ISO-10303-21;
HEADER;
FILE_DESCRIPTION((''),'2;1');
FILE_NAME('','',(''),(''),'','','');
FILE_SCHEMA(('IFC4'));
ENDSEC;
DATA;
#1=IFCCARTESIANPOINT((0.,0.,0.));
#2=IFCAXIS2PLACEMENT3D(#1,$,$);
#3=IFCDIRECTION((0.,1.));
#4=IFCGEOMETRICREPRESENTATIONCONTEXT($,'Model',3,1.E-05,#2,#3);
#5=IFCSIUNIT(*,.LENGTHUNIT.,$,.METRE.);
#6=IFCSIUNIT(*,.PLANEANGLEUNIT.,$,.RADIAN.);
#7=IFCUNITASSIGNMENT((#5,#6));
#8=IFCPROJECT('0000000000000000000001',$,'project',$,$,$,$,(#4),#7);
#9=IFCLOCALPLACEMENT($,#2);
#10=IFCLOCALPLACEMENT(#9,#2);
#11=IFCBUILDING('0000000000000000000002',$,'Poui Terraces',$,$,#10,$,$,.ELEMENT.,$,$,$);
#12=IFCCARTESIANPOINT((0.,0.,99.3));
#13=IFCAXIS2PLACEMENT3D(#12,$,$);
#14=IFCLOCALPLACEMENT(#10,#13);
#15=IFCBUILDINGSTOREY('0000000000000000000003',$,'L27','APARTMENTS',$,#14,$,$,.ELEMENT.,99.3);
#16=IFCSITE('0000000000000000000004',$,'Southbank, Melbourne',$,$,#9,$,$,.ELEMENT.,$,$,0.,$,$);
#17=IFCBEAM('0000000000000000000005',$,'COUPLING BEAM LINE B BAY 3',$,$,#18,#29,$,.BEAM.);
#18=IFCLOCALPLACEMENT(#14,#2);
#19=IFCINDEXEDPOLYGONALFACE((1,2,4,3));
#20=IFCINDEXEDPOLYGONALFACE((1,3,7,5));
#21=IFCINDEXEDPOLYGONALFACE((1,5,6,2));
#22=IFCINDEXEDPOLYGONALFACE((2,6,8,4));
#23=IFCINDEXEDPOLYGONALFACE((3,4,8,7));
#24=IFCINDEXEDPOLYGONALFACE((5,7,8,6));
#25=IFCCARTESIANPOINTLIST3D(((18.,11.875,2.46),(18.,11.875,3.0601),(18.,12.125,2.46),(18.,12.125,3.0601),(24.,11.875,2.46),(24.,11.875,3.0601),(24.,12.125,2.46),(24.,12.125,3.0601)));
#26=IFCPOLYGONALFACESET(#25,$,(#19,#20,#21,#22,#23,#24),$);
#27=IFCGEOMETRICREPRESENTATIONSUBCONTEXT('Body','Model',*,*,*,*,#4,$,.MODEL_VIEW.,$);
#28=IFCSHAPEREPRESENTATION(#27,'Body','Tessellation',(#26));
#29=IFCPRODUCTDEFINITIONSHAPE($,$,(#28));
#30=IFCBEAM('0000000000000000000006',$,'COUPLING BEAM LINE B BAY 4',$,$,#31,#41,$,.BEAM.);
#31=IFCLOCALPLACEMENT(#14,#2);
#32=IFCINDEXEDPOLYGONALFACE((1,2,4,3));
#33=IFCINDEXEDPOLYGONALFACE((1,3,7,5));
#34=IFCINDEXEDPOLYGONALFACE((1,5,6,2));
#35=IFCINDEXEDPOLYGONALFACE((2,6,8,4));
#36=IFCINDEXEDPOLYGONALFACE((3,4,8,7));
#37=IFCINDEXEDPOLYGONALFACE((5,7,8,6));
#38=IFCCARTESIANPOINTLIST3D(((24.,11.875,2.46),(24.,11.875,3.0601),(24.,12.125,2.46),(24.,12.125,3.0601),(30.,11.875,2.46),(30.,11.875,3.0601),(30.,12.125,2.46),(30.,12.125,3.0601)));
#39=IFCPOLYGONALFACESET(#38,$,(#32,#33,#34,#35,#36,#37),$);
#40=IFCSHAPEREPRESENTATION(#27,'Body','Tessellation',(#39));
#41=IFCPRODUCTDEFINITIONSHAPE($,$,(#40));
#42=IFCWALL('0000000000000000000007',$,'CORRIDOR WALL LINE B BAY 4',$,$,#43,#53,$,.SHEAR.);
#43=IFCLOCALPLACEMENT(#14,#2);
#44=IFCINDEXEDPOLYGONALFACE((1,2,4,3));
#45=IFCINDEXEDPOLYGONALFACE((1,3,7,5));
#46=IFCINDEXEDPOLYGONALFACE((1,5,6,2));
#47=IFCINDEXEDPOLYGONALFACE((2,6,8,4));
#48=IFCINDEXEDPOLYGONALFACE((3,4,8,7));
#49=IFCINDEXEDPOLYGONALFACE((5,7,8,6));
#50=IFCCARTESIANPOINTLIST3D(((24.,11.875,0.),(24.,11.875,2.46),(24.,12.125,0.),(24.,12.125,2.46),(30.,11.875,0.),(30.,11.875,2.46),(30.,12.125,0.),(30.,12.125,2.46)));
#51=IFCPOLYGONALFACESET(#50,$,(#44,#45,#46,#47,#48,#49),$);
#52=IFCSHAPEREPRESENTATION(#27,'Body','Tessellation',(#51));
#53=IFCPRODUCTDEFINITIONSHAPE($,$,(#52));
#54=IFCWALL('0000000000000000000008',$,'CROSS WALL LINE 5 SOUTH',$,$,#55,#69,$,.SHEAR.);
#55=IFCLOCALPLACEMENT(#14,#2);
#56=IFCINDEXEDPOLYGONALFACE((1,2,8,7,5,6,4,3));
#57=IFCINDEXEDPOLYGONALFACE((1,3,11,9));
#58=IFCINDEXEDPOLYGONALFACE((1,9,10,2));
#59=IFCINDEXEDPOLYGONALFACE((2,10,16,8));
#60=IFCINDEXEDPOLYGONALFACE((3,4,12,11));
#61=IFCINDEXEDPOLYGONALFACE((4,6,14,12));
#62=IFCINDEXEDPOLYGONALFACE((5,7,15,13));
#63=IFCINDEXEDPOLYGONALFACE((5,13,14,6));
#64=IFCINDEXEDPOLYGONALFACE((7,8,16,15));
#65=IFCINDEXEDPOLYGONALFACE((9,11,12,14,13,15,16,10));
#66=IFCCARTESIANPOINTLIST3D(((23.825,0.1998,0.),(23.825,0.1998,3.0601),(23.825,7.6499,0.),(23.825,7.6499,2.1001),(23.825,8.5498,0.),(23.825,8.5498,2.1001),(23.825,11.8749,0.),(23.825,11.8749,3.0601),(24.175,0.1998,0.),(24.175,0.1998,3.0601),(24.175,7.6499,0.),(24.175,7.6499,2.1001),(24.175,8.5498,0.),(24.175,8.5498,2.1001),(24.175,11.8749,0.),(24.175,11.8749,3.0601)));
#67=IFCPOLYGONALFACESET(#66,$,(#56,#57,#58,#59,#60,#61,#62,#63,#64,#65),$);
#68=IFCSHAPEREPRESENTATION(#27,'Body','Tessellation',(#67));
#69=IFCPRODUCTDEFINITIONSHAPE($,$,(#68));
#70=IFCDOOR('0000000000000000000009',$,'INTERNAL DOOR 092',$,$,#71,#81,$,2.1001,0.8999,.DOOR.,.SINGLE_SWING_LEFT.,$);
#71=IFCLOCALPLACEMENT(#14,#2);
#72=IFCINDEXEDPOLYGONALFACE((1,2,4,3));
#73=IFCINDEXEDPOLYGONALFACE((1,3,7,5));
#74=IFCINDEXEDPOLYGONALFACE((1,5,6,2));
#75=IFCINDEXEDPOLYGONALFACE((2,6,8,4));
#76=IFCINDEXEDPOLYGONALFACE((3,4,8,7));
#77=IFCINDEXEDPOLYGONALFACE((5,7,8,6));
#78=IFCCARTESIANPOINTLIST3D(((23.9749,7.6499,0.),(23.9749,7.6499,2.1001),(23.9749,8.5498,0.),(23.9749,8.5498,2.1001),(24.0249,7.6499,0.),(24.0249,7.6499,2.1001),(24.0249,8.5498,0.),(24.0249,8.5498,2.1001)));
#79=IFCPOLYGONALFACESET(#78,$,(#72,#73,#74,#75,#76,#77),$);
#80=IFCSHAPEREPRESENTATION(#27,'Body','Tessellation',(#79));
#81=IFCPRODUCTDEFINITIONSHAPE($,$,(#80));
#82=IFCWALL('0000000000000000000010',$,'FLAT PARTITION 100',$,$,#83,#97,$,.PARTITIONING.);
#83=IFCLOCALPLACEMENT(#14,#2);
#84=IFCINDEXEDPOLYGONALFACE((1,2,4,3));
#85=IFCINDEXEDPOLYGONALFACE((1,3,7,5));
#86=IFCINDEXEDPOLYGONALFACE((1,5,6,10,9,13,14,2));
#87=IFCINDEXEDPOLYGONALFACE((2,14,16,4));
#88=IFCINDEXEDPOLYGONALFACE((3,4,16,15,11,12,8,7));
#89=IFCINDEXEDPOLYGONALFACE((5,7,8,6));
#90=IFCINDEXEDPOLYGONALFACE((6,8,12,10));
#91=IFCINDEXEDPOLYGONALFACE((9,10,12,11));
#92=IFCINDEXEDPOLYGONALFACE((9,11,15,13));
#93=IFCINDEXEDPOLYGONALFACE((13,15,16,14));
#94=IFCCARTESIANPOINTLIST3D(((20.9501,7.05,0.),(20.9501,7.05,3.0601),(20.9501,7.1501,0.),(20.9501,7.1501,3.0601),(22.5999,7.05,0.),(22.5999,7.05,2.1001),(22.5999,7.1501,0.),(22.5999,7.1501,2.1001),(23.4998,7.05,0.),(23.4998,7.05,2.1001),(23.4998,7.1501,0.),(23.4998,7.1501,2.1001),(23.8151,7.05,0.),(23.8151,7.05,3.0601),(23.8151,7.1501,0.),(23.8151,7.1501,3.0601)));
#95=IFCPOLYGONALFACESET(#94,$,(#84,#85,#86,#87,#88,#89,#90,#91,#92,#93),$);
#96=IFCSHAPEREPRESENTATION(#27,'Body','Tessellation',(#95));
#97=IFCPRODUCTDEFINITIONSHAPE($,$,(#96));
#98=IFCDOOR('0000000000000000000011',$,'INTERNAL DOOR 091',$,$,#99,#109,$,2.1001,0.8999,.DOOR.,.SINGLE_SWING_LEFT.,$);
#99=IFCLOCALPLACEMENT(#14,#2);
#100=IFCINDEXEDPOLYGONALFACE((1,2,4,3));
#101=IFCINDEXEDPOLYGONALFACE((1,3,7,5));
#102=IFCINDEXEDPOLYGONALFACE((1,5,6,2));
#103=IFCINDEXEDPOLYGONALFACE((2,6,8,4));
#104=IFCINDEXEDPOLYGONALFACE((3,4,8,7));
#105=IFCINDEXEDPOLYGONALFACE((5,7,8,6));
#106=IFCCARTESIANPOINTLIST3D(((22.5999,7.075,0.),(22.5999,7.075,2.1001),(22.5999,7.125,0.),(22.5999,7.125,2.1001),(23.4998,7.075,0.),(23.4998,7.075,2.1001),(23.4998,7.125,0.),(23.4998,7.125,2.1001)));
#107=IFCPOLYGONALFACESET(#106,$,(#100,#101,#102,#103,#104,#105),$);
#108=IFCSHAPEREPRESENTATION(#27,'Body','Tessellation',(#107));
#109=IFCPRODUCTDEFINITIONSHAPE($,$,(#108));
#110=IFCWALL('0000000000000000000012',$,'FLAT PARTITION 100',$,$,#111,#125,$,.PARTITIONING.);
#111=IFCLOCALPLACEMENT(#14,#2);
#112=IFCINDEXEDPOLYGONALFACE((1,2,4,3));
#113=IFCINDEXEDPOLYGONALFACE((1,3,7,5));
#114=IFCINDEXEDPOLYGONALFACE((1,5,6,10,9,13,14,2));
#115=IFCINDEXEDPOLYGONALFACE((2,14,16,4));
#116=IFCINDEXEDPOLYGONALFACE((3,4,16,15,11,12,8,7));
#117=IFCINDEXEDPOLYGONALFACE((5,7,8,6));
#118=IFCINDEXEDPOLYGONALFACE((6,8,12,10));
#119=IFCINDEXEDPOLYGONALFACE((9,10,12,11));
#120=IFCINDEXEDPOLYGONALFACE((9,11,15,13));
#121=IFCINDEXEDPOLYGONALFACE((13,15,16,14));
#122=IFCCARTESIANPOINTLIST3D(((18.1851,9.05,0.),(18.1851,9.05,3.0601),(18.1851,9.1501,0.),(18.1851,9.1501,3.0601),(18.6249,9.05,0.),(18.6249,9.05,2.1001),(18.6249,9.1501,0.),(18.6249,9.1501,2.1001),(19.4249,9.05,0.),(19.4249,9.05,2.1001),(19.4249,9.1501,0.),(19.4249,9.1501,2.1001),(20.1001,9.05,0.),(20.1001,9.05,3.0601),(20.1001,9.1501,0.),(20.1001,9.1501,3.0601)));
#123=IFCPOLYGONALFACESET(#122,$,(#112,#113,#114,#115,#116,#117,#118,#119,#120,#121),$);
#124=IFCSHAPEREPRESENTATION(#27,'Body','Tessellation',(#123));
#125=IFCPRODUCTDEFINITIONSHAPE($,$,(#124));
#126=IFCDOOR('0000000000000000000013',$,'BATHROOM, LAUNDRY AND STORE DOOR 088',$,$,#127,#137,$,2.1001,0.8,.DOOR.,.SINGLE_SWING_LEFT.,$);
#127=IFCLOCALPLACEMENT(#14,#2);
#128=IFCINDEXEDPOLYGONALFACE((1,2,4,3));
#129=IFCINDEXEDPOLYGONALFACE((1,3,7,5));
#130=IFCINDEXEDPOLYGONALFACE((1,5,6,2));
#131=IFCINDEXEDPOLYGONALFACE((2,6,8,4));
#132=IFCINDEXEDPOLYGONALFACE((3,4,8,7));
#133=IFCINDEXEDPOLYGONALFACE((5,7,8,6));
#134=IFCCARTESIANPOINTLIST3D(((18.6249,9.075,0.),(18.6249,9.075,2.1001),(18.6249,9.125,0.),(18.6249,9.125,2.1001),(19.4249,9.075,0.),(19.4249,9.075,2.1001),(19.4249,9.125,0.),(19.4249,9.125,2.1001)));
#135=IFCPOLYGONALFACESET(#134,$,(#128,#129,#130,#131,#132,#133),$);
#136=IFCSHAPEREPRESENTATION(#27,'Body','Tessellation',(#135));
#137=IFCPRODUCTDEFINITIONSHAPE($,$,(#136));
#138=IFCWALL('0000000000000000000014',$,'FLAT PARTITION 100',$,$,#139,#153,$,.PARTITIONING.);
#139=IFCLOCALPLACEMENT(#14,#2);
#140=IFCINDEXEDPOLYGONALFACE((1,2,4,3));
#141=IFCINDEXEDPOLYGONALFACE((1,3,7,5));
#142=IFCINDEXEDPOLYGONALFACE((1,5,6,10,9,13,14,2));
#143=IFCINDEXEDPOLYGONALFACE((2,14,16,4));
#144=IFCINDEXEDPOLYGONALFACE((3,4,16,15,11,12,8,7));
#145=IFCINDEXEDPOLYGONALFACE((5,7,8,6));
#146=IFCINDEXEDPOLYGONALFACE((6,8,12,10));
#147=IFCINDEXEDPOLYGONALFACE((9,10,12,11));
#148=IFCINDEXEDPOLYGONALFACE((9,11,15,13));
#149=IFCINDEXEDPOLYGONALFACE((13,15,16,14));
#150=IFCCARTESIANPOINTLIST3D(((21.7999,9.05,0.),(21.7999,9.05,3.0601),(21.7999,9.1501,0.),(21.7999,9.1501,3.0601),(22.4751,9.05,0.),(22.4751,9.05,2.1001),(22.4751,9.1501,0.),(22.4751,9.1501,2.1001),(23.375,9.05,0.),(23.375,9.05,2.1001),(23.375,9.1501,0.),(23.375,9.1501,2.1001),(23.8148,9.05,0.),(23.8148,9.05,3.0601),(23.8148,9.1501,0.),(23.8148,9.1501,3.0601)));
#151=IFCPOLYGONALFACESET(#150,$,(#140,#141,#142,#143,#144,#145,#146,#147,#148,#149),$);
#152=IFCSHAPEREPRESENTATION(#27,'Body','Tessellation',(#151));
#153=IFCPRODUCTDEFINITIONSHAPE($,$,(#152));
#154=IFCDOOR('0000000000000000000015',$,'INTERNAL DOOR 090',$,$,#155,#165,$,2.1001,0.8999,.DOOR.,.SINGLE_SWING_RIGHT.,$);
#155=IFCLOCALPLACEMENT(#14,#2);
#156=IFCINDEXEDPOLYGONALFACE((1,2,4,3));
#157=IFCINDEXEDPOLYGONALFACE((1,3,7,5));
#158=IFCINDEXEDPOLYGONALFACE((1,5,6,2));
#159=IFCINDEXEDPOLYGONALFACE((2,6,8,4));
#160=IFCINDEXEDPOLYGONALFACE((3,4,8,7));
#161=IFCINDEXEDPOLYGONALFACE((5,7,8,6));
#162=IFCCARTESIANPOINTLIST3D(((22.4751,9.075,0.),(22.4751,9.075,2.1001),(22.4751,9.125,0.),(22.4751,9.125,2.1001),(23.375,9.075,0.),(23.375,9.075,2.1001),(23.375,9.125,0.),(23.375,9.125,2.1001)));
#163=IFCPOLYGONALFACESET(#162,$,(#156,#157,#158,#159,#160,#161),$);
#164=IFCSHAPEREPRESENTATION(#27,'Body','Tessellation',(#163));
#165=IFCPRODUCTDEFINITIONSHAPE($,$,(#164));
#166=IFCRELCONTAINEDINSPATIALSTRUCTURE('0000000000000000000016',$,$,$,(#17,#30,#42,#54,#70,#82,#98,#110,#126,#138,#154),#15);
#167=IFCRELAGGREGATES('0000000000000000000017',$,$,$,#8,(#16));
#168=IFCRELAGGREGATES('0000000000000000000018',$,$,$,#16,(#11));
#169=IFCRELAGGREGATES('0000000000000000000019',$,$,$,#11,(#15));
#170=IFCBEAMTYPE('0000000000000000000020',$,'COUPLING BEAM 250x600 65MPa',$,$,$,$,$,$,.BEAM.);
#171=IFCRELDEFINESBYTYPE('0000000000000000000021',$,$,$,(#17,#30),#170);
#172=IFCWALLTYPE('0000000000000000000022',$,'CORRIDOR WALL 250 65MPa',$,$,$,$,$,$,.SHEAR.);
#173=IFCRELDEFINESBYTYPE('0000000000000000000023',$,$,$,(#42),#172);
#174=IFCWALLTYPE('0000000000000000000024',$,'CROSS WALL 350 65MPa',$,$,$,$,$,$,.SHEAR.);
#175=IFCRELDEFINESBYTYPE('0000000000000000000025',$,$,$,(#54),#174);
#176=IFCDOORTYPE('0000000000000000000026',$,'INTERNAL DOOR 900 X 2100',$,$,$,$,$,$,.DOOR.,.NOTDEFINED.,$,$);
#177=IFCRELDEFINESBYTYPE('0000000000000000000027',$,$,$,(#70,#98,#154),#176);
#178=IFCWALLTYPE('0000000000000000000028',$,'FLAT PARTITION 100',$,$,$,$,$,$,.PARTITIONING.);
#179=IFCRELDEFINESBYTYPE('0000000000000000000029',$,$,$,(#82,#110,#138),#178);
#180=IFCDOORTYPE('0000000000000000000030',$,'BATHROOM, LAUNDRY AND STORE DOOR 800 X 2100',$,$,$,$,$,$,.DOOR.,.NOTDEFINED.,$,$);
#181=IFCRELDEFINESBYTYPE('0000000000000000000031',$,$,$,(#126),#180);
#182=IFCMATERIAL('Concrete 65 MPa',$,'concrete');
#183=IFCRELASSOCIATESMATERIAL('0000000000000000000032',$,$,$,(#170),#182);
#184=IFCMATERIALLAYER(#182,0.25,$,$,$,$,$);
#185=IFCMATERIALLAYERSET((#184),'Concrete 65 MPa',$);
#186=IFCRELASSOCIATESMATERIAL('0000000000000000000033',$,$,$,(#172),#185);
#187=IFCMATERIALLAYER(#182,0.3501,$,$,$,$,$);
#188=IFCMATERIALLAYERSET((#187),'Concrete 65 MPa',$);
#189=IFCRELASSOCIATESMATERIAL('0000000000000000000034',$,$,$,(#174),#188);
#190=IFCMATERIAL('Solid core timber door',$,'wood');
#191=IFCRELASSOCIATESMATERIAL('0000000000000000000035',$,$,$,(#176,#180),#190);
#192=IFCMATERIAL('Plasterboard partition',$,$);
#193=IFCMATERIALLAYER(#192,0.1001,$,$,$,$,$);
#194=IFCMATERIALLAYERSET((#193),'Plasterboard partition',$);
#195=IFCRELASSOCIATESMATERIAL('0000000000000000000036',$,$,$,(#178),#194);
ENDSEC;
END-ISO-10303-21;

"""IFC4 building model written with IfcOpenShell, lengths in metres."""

from ifc_helpers import new_model, si_unit, direction, frame, frame_2d, origin, origin_2d, place, context, subcontext, project, spatial, rectangle, extrude, source, transform, mapped, material, layer, layer_set, material_profile, profile_set, type_object, element, fill, save


model = new_model("IFC4")

# Units and contexts
model_context = context("Model", 3, precision=1e-05, world=origin(), true_north=direction((0.0, 1.0)))
body_context = subcontext(model_context, "Body", "Model", "MODEL_VIEW")
ifc_project = project(units=[si_unit("LENGTHUNIT", "METRE"), si_unit("PLANEANGLEUNIT", "RADIAN")], contexts=[model_context])

# Site, building, storey
site_placement = place(None, origin())
site = spatial("IfcSite", under=ifc_project, at=site_placement, Name="Southbank, Melbourne", CompositionType="ELEMENT", RefElevation=0.0)
building_placement = place(site_placement, origin())
building = spatial("IfcBuilding", under=site, at=building_placement, Name="Poui Terraces", CompositionType="ELEMENT")
storey_placement = place(building_placement, frame((0.0, 0.0, 99.3)))
storey = spatial("IfcBuildingStorey", under=building, at=storey_placement, Name="L27", Description="APARTMENTS", CompositionType="ELEMENT", Elevation=99.3)

# Beams
ifc_material_1 = material(Name="Concrete 65 MPa", Category="concrete")
ifc_material_profile = material_profile(ifc_material_1, rectangle(XDim=0.25, YDim=0.6001, at=origin_2d()), Name="RC 250x600")
ifc_profile_set = profile_set([ifc_material_profile], Name="Concrete 65 MPa")
beam_type = type_object("IfcBeamType", Name="COUPLING BEAM 250x600 65MPa", PredefinedType="BEAM", material=ifc_profile_set)
shared_shape = source(origin(), body_context, "Body", "SweptSolid", [
    extrude(rectangle(XDim=0.25, YDim=0.6001, at=origin_2d()), origin(), (0.0, 0.0, 1.0), 6.0),
])
for number, where, z_axis, x_axis, name in (
    (1, (18.0, 12.0, 2.76), (1.0, 0.0, 0.0), (0.0, 1.0, 0.0), "COUPLING BEAM LINE B BAY 3"),
    (2, (24.0, 12.0, 2.76), (1.0, 0.0, 0.0), (0.0, 1.0, 0.0), "COUPLING BEAM LINE B BAY 4"),
):
    element("IfcBeam", number, at=place(storey_placement, frame(where, z_axis=z_axis, x_axis=x_axis)), inside=storey, type_object=beam_type, Name=name, PredefinedType="BEAM", context=body_context, shape_type="MappedRepresentation", body=[
        mapped(shared_shape, transform((0.0, 0.0, 0.0))),
    ])

# Wall
ifc_layer_1 = layer(ifc_material_1, 0.25)
ifc_layer_set_1 = layer_set([ifc_layer_1], Name="Concrete 65 MPa")
wall_type_1 = type_object("IfcWallType", Name="CORRIDOR WALL 250 65MPa", PredefinedType="SHEAR", material=ifc_layer_set_1)
wall_1_placement = place(storey_placement, frame((24.0, 12.0, 0.0), z_axis=(0.0, 0.0, 1.0), x_axis=(1.0, 0.0, 0.0)))
element("IfcWall", 3, at=wall_1_placement, inside=storey, type_object=wall_type_1, Name="CORRIDOR WALL LINE B BAY 4", PredefinedType="SHEAR", context=body_context, shape_type="SweptSolid", body=[
    extrude(rectangle(XDim=6.0, YDim=0.25, at=frame_2d((3.0, 0.0))), origin(), (0.0, 0.0, 1.0), 2.46),
])

# Walls, openings, doors
ifc_layer_2 = layer(ifc_material_1, 0.3501)
ifc_layer_set_2 = layer_set([ifc_layer_2], Name="Concrete 65 MPa")
wall_type_2 = type_object("IfcWallType", Name="CROSS WALL 350 65MPa", PredefinedType="SHEAR", material=ifc_layer_set_2)
wall_2_placement = place(storey_placement, frame((24.0, 0.2, 0.0), z_axis=(0.0, 0.0, 1.0), x_axis=(0.0, 1.0, 0.0)))
wall_2 = element("IfcWall", 4, at=wall_2_placement, inside=storey, type_object=wall_type_2, Name="CROSS WALL LINE 5 SOUTH", PredefinedType="SHEAR", context=body_context, shape_type="SweptSolid", body=[
    extrude(rectangle(XDim=11.675, YDim=0.3501, at=frame_2d((5.8374, 0.0))), origin(), (0.0, 0.0, 1.0), 3.0601),
])
opening_1_placement = place(wall_2_placement, frame((7.45, 0.0, 0.0)))
opening_1 = element("IfcOpeningElement", 5, at=opening_1_placement, cuts=wall_2, PredefinedType="OPENING", context=body_context, shape_type="SweptSolid", body=[
    extrude(rectangle(XDim=0.8999, YDim=2.1001, at=frame_2d((0.45, 1.05))), frame((0.0, 0.1851, 0.0), z_axis=(0.0, -1.0, 0.0), x_axis=(1.0, 0.0, 0.0)), (0.0, 0.0, 1.0), 0.3701),
])
ifc_material_2 = material(Name="Solid core timber door", Category="wood")
door_type_1 = type_object("IfcDoorType", Name="INTERNAL DOOR 900 X 2100", OperationType="NOTDEFINED", PredefinedType="DOOR", material=ifc_material_2)
door_1_placement = place(opening_1_placement, frame((0.8999, 0.0, 0.0), z_axis=(0.0, 0.0, 1.0), x_axis=(-1.0, 0.0, 0.0)))
door_1 = element("IfcDoor", 6, at=door_1_placement, inside=storey, type_object=door_type_1, Name="INTERNAL DOOR 092", OperationType="SINGLE_SWING_LEFT", OverallHeight=2.1001, OverallWidth=0.8999, PredefinedType="DOOR", context=body_context, shape_type="SweptSolid", body=[
    extrude(rectangle(XDim=0.8999, YDim=2.1001, at=frame_2d((0.45, 1.05))), frame((0.0, 0.0249, 0.0), z_axis=(0.0, -1.0, 0.0), x_axis=(1.0, 0.0, 0.0)), (0.0, 0.0, 1.0), 0.05),
])
fill(opening_1, door_1)
ifc_material_3 = material(Name="Plasterboard partition")
ifc_layer_3 = layer(ifc_material_3, 0.1001)
ifc_layer_set_3 = layer_set([ifc_layer_3], Name="Plasterboard partition")
wall_type_3 = type_object("IfcWallType", Name="FLAT PARTITION 100", PredefinedType="PARTITIONING", material=ifc_layer_set_3)
wall_3_placement = place(storey_placement, frame((20.95, 7.1001, 0.0), z_axis=(0.0, 0.0, 1.0), x_axis=(1.0, 0.0, 0.0)))
wall_3 = element("IfcWall", 7, at=wall_3_placement, inside=storey, type_object=wall_type_3, Name="FLAT PARTITION 100", PredefinedType="PARTITIONING", context=body_context, shape_type="SweptSolid", body=[
    extrude(rectangle(XDim=2.865, YDim=0.1001, at=frame_2d((1.4326, 0.0))), origin(), (0.0, 0.0, 1.0), 3.0601),
])
opening_2_placement = place(wall_3_placement, frame((1.6499, 0.0, 0.0)))
opening_2 = element("IfcOpeningElement", 8, at=opening_2_placement, cuts=wall_3, PredefinedType="OPENING", context=body_context, shape_type="SweptSolid", body=[
    extrude(rectangle(XDim=0.8999, YDim=2.1001, at=frame_2d((0.45, 1.05))), frame((0.0, 0.0601, 0.0), z_axis=(0.0, -1.0, 0.0), x_axis=(1.0, 0.0, 0.0)), (0.0, 0.0, 1.0), 0.1201),
])
door_2_placement = place(opening_2_placement, origin())
door_2 = element("IfcDoor", 9, at=door_2_placement, inside=storey, type_object=door_type_1, Name="INTERNAL DOOR 091", OperationType="SINGLE_SWING_LEFT", OverallHeight=2.1001, OverallWidth=0.8999, PredefinedType="DOOR", context=body_context, shape_type="SweptSolid", body=[
    extrude(rectangle(XDim=0.8999, YDim=2.1001, at=frame_2d((0.45, 1.05))), frame((0.0, 0.0249, 0.0), z_axis=(0.0, -1.0, 0.0), x_axis=(1.0, 0.0, 0.0)), (0.0, 0.0, 1.0), 0.05),
])
fill(opening_2, door_2)
wall_4_placement = place(storey_placement, frame((18.1851, 9.1001, 0.0), z_axis=(0.0, 0.0, 1.0), x_axis=(1.0, 0.0, 0.0)))
wall_4 = element("IfcWall", 10, at=wall_4_placement, inside=storey, type_object=wall_type_3, Name="FLAT PARTITION 100", PredefinedType="PARTITIONING", context=body_context, shape_type="SweptSolid", body=[
    extrude(rectangle(XDim=1.915, YDim=0.1001, at=frame_2d((0.9575, 0.0))), origin(), (0.0, 0.0, 1.0), 3.0601),
])
opening_3_placement = place(wall_4_placement, frame((0.4399, 0.0, 0.0)))
opening_3 = element("IfcOpeningElement", 11, at=opening_3_placement, cuts=wall_4, PredefinedType="OPENING", context=body_context, shape_type="SweptSolid", body=[
    extrude(rectangle(XDim=0.8, YDim=2.1001, at=frame_2d((0.3999, 1.05))), frame((0.0, 0.0601, 0.0), z_axis=(0.0, -1.0, 0.0), x_axis=(1.0, 0.0, 0.0)), (0.0, 0.0, 1.0), 0.1201),
])
door_type_2 = type_object("IfcDoorType", Name="BATHROOM, LAUNDRY AND STORE DOOR 800 X 2100", OperationType="NOTDEFINED", PredefinedType="DOOR", material=ifc_material_2)
door_3_placement = place(opening_3_placement, origin())
door_3 = element("IfcDoor", 12, at=door_3_placement, inside=storey, type_object=door_type_2, Name="BATHROOM, LAUNDRY AND STORE DOOR 088", OperationType="SINGLE_SWING_LEFT", OverallHeight=2.1001, OverallWidth=0.8, PredefinedType="DOOR", context=body_context, shape_type="SweptSolid", body=[
    extrude(rectangle(XDim=0.8, YDim=2.1001, at=frame_2d((0.3999, 1.05))), frame((0.0, 0.0249, 0.0), z_axis=(0.0, -1.0, 0.0), x_axis=(1.0, 0.0, 0.0)), (0.0, 0.0, 1.0), 0.05),
])
fill(opening_3, door_3)
wall_5_placement = place(storey_placement, frame((21.8, 9.1001, 0.0), z_axis=(0.0, 0.0, 1.0), x_axis=(1.0, 0.0, 0.0)))
wall_5 = element("IfcWall", 13, at=wall_5_placement, inside=storey, type_object=wall_type_3, Name="FLAT PARTITION 100", PredefinedType="PARTITIONING", context=body_context, shape_type="SweptSolid", body=[
    extrude(rectangle(XDim=2.0149, YDim=0.1001, at=frame_2d((1.0073, 0.0))), origin(), (0.0, 0.0, 1.0), 3.0601),
])
opening_4_placement = place(wall_5_placement, frame((0.675, 0.0, 0.0)))
opening_4 = element("IfcOpeningElement", 14, at=opening_4_placement, cuts=wall_5, PredefinedType="OPENING", context=body_context, shape_type="SweptSolid", body=[
    extrude(rectangle(XDim=0.8999, YDim=2.1001, at=frame_2d((0.45, 1.05))), frame((0.0, 0.0601, 0.0), z_axis=(0.0, -1.0, 0.0), x_axis=(1.0, 0.0, 0.0)), (0.0, 0.0, 1.0), 0.1201),
])
door_4_placement = place(opening_4_placement, origin())
door_4 = element("IfcDoor", 15, at=door_4_placement, inside=storey, type_object=door_type_1, Name="INTERNAL DOOR 090", OperationType="SINGLE_SWING_RIGHT", OverallHeight=2.1001, OverallWidth=0.8999, PredefinedType="DOOR", context=body_context, shape_type="SweptSolid", body=[
    extrude(rectangle(XDim=0.8999, YDim=2.1001, at=frame_2d((0.45, 1.05))), frame((0.0, 0.0249, 0.0), z_axis=(0.0, -1.0, 0.0), x_axis=(1.0, 0.0, 0.0)), (0.0, 0.0, 1.0), 0.05),
])
fill(opening_4, door_4)

save(model, "model.ifc")
